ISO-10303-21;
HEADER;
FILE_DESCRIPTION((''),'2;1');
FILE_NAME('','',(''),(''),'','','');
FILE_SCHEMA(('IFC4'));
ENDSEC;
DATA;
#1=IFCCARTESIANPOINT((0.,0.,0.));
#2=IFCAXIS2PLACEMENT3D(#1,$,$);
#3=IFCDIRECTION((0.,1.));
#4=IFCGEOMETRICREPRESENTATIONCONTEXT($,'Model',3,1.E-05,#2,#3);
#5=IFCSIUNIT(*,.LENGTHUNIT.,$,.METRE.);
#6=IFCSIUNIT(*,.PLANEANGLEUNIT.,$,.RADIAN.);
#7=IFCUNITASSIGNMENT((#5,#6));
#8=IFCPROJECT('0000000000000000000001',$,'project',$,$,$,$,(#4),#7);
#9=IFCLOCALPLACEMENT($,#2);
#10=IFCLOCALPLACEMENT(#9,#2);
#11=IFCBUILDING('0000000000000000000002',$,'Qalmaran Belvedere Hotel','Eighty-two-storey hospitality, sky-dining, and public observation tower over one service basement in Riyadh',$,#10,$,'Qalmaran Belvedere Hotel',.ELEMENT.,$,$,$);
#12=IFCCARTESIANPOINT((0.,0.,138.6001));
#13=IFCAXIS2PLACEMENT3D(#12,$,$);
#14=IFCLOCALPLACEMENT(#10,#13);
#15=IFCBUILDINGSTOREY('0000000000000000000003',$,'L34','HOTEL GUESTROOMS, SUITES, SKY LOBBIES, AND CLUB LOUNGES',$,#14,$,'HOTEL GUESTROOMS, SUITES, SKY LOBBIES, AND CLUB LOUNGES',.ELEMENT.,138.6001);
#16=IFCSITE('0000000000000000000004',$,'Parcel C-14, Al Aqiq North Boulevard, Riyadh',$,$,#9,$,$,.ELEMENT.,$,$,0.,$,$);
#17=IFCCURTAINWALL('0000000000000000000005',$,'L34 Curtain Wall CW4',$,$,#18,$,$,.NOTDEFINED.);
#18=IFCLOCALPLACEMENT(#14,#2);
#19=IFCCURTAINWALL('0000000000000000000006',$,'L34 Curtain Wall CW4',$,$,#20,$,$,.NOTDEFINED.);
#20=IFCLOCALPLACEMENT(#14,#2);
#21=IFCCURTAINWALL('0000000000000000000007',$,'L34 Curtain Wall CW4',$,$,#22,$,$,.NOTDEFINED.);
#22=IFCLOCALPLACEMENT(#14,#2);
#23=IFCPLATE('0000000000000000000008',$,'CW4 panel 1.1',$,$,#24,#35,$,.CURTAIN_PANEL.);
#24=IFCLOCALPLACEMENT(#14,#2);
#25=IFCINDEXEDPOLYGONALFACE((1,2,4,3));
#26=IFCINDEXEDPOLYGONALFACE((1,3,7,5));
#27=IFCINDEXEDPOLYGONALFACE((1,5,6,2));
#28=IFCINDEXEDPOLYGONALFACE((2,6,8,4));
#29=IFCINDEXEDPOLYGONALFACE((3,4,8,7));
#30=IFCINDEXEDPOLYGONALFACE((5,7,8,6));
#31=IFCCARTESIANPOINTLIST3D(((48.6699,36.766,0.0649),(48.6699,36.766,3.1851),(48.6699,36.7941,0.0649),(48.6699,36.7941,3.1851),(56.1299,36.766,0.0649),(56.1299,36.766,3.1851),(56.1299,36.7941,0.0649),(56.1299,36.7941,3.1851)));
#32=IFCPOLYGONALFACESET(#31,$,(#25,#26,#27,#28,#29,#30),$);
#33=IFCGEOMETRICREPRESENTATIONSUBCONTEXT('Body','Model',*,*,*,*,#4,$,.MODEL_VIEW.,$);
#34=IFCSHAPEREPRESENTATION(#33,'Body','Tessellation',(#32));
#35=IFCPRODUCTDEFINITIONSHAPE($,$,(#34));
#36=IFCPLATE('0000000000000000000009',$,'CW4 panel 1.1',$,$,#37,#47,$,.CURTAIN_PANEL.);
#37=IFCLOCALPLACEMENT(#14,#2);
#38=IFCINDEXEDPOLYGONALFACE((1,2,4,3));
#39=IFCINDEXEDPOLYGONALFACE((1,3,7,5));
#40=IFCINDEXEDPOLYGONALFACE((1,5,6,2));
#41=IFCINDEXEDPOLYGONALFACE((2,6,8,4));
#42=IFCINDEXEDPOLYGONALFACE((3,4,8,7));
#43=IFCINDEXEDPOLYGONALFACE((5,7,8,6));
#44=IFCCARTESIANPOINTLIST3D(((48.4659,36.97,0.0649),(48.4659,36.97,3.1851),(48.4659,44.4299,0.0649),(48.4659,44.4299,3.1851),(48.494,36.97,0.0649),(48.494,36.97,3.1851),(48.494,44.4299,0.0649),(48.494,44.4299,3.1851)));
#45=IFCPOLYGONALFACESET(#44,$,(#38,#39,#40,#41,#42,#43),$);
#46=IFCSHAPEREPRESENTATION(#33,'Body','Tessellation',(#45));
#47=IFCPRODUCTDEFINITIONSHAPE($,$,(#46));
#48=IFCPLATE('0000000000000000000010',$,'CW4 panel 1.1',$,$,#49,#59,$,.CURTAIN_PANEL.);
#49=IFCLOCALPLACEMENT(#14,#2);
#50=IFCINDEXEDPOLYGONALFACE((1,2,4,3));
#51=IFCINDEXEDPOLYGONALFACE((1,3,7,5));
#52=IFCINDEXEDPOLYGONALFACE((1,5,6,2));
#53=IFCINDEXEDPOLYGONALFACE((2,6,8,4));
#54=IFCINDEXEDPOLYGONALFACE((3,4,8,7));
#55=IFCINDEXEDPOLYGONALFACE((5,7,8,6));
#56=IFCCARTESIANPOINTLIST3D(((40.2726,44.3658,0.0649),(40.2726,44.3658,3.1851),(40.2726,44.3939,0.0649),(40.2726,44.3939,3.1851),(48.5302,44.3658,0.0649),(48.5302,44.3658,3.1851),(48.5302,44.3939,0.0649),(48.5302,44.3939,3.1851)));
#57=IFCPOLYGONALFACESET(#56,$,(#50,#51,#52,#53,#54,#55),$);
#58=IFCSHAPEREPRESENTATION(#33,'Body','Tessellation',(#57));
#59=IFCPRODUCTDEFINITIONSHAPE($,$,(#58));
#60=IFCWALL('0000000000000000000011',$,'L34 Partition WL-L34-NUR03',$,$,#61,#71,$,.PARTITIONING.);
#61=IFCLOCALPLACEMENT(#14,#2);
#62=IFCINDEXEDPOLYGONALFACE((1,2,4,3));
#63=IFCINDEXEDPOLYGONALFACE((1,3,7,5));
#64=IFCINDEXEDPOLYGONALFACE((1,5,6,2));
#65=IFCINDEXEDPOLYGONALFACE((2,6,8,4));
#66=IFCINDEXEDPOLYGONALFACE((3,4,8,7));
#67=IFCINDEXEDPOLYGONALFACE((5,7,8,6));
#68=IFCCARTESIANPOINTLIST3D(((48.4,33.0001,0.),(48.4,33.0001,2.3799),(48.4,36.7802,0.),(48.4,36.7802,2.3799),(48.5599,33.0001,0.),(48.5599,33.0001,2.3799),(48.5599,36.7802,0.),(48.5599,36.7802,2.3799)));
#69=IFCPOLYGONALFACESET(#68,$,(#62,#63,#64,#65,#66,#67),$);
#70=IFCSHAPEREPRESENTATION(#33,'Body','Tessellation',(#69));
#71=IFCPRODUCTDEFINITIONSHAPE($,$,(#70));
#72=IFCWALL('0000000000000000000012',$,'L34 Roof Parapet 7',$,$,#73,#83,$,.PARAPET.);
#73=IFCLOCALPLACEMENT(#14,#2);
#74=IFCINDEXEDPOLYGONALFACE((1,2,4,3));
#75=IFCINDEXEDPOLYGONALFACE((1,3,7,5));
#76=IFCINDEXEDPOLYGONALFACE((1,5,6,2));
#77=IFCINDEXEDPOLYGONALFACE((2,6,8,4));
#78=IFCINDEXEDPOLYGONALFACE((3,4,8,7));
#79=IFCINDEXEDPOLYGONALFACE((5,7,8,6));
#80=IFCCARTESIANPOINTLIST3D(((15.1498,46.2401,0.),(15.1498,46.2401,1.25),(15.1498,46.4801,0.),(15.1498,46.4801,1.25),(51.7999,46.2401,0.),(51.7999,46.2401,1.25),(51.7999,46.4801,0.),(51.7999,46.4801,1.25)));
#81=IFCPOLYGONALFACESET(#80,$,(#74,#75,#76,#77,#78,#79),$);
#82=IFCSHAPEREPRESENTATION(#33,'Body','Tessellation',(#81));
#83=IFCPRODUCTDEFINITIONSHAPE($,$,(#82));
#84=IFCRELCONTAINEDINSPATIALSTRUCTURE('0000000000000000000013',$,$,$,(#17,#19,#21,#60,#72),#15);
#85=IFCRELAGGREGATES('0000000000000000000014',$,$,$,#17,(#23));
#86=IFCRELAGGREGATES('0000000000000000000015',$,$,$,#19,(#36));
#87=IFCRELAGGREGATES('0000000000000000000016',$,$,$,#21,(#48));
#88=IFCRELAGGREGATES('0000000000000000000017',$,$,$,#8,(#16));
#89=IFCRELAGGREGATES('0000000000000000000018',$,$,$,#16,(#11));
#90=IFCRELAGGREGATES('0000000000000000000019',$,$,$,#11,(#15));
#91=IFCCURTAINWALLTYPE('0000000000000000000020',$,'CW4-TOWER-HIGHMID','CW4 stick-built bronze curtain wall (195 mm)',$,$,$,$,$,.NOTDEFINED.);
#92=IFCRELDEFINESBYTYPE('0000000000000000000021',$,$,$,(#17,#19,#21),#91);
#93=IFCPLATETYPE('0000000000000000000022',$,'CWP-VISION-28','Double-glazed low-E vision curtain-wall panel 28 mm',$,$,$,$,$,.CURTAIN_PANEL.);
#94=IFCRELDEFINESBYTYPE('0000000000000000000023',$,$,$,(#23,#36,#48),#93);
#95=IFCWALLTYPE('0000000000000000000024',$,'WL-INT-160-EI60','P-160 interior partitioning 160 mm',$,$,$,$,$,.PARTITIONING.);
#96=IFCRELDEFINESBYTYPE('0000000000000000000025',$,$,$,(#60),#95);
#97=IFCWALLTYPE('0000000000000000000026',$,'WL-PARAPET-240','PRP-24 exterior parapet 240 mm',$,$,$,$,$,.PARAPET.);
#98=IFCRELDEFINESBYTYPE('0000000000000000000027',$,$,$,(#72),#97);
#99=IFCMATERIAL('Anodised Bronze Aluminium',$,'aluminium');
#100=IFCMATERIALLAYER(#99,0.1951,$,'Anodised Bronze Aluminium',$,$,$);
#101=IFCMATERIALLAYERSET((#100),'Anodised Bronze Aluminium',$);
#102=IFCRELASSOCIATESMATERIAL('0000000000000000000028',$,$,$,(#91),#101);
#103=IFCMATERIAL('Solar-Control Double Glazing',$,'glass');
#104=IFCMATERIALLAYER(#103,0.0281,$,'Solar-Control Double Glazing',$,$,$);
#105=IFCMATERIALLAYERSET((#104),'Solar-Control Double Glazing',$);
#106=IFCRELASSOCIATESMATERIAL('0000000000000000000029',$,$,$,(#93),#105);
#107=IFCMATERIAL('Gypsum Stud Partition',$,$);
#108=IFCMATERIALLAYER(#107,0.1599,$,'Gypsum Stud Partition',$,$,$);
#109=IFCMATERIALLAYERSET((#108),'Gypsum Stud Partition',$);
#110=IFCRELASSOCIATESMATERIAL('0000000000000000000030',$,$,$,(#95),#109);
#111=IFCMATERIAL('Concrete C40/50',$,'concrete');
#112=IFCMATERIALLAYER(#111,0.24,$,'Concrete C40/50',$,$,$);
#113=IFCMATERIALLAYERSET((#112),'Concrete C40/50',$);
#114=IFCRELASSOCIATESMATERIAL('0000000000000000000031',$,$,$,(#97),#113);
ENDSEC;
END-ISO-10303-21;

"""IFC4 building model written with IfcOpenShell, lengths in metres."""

from ifc_helpers import new_model, si_unit, direction, frame, frame_2d, origin, origin_2d, place, context, subcontext, project, spatial, rectangle, extrude, material, layer, layer_set, type_object, element, aggregate, save


model = new_model("IFC4")

# Units and contexts
model_context = context("Model", 3, precision=1e-05, world=origin(), true_north=direction((0.0, 1.0)))
body_context = subcontext(model_context, "Body", "Model", "MODEL_VIEW")
ifc_project = project(units=[si_unit("LENGTHUNIT", "METRE"), si_unit("PLANEANGLEUNIT", "RADIAN")], contexts=[model_context])

# Site, building, storey
site_placement = place(None, origin())
site = spatial("IfcSite", under=ifc_project, at=site_placement, Name="Parcel C-14, Al Aqiq North Boulevard, Riyadh", CompositionType="ELEMENT", RefElevation=0.0)
building_placement = place(site_placement, origin())
building = spatial("IfcBuilding", under=site, at=building_placement, Name="Qalmaran Belvedere Hotel", Description="Eighty-two-storey hospitality, sky-dining, and public observation tower over one service basement in Riyadh", LongName="Qalmaran Belvedere Hotel", CompositionType="ELEMENT")
storey_placement = place(building_placement, frame((0.0, 0.0, 138.6001)))
storey = spatial("IfcBuildingStorey", under=building, at=storey_placement, Name="L34", Description="HOTEL GUESTROOMS, SUITES, SKY LOBBIES, AND CLUB LOUNGES", LongName="HOTEL GUESTROOMS, SUITES, SKY LOBBIES, AND CLUB LOUNGES", CompositionType="ELEMENT", Elevation=138.6001)

# Shared definitions
ifc_material_1 = material(Name="Anodised Bronze Aluminium", Category="aluminium")
ifc_layer_1 = layer(ifc_material_1, 0.1951, Name="Anodised Bronze Aluminium")
ifc_layer_set_1 = layer_set([ifc_layer_1], Name="Anodised Bronze Aluminium")
curtain_wall_type = type_object("IfcCurtainWallType", Name="CW4-TOWER-HIGHMID", Description="CW4 stick-built bronze curtain wall (195 mm)", PredefinedType="NOTDEFINED", material=ifc_layer_set_1)

# Curtain walls
curtain_wall_1_placement = place(storey_placement, origin())
curtain_wall_1 = element("IfcCurtainWall", 1, at=curtain_wall_1_placement, inside=storey, type_object=curtain_wall_type, Name="L34 Curtain Wall CW4", PredefinedType="NOTDEFINED")
curtain_wall_2_placement = place(storey_placement, origin())
curtain_wall_2 = element("IfcCurtainWall", 2, at=curtain_wall_2_placement, inside=storey, type_object=curtain_wall_type, Name="L34 Curtain Wall CW4", PredefinedType="NOTDEFINED")
curtain_wall_3_placement = place(storey_placement, origin())
curtain_wall_3 = element("IfcCurtainWall", 3, at=curtain_wall_3_placement, inside=storey, type_object=curtain_wall_type, Name="L34 Curtain Wall CW4", PredefinedType="NOTDEFINED")

# Plates
ifc_material_2 = material(Name="Solar-Control Double Glazing", Category="glass")
ifc_layer_2 = layer(ifc_material_2, 0.0281, Name="Solar-Control Double Glazing")
ifc_layer_set_2 = layer_set([ifc_layer_2], Name="Solar-Control Double Glazing")
plate_type = type_object("IfcPlateType", Name="CWP-VISION-28", Description="Double-glazed low-E vision curtain-wall panel 28 mm", PredefinedType="CURTAIN_PANEL", material=ifc_layer_set_2)
plate_1_placement = place(storey_placement, frame((52.3999, 36.78, 0.0649), z_axis=(0.0, 0.0, 1.0), x_axis=(-1.0, 0.0, 0.0)))
plate_1 = element("IfcPlate", 4, at=plate_1_placement, type_object=plate_type, Name="CW4 panel 1.1", PredefinedType="CURTAIN_PANEL", context=body_context, shape_type="SweptSolid", body=[
    extrude(rectangle(XDim=7.46, YDim=0.0281, at=origin_2d()), origin(), (0.0, 0.0, 1.0), 3.1201),
])
aggregate(curtain_wall_1, [plate_1])
plate_2_placement = place(storey_placement, frame((48.48, 40.7, 0.0649), z_axis=(0.0, 0.0, 1.0), x_axis=(0.0, 1.0, 0.0)))
plate_2 = element("IfcPlate", 5, at=plate_2_placement, type_object=plate_type, Name="CW4 panel 1.1", PredefinedType="CURTAIN_PANEL", context=body_context, shape_type="SweptSolid", body=[
    extrude(rectangle(XDim=7.46, YDim=0.0281, at=origin_2d()), origin(), (0.0, 0.0, 1.0), 3.1201),
])
aggregate(curtain_wall_2, [plate_2])
plate_3_placement = place(storey_placement, frame((44.4014, 44.3799, 0.0649), z_axis=(0.0, 0.0, 1.0), x_axis=(-1.0, 0.0, 0.0)))
plate_3 = element("IfcPlate", 6, at=plate_3_placement, type_object=plate_type, Name="CW4 panel 1.1", PredefinedType="CURTAIN_PANEL", context=body_context, shape_type="SweptSolid", body=[
    extrude(rectangle(XDim=8.2576, YDim=0.0281, at=origin_2d()), origin(), (0.0, 0.0, 1.0), 3.1201),
])
aggregate(curtain_wall_3, [plate_3])

# Walls
ifc_material_3 = material(Name="Gypsum Stud Partition")
ifc_layer_3 = layer(ifc_material_3, 0.1599, Name="Gypsum Stud Partition")
ifc_layer_set_3 = layer_set([ifc_layer_3], Name="Gypsum Stud Partition")
wall_type_1 = type_object("IfcWallType", Name="WL-INT-160-EI60", Description="P-160 interior partitioning 160 mm", PredefinedType="PARTITIONING", material=ifc_layer_set_3)
wall_1_placement = place(storey_placement, frame((48.48, 33.0, 0.0), z_axis=(0.0, 0.0, 1.0), x_axis=(0.0, 1.0, 0.0)))
element("IfcWall", 7, at=wall_1_placement, inside=storey, type_object=wall_type_1, Name="L34 Partition WL-L34-NUR03", PredefinedType="PARTITIONING", context=body_context, shape_type="SweptSolid", body=[
    extrude(rectangle(XDim=3.78, YDim=0.1599, at=frame_2d((1.8901, 0.0))), origin(), (0.0, 0.0, 1.0), 2.3799),
])
ifc_material_4 = material(Name="Concrete C40/50", Category="concrete")
ifc_layer_4 = layer(ifc_material_4, 0.24, Name="Concrete C40/50")
ifc_layer_set_4 = layer_set([ifc_layer_4], Name="Concrete C40/50")
wall_type_2 = type_object("IfcWallType", Name="WL-PARAPET-240", Description="PRP-24 exterior parapet 240 mm", PredefinedType="PARAPET", material=ifc_layer_set_4)
wall_2_placement = place(storey_placement, frame((51.8, 46.3601, 0.0), z_axis=(0.0, 0.0, 1.0), x_axis=(-1.0, 0.0, 0.0)))
element("IfcWall", 8, at=wall_2_placement, inside=storey, type_object=wall_type_2, Name="L34 Roof Parapet 7", PredefinedType="PARAPET", context=body_context, shape_type="SweptSolid", body=[
    extrude(rectangle(XDim=36.6501, YDim=0.24, at=frame_2d((18.3252, 0.0))), origin(), (0.0, 0.0, 1.0), 1.25),
])

save(model, "model.ifc")
